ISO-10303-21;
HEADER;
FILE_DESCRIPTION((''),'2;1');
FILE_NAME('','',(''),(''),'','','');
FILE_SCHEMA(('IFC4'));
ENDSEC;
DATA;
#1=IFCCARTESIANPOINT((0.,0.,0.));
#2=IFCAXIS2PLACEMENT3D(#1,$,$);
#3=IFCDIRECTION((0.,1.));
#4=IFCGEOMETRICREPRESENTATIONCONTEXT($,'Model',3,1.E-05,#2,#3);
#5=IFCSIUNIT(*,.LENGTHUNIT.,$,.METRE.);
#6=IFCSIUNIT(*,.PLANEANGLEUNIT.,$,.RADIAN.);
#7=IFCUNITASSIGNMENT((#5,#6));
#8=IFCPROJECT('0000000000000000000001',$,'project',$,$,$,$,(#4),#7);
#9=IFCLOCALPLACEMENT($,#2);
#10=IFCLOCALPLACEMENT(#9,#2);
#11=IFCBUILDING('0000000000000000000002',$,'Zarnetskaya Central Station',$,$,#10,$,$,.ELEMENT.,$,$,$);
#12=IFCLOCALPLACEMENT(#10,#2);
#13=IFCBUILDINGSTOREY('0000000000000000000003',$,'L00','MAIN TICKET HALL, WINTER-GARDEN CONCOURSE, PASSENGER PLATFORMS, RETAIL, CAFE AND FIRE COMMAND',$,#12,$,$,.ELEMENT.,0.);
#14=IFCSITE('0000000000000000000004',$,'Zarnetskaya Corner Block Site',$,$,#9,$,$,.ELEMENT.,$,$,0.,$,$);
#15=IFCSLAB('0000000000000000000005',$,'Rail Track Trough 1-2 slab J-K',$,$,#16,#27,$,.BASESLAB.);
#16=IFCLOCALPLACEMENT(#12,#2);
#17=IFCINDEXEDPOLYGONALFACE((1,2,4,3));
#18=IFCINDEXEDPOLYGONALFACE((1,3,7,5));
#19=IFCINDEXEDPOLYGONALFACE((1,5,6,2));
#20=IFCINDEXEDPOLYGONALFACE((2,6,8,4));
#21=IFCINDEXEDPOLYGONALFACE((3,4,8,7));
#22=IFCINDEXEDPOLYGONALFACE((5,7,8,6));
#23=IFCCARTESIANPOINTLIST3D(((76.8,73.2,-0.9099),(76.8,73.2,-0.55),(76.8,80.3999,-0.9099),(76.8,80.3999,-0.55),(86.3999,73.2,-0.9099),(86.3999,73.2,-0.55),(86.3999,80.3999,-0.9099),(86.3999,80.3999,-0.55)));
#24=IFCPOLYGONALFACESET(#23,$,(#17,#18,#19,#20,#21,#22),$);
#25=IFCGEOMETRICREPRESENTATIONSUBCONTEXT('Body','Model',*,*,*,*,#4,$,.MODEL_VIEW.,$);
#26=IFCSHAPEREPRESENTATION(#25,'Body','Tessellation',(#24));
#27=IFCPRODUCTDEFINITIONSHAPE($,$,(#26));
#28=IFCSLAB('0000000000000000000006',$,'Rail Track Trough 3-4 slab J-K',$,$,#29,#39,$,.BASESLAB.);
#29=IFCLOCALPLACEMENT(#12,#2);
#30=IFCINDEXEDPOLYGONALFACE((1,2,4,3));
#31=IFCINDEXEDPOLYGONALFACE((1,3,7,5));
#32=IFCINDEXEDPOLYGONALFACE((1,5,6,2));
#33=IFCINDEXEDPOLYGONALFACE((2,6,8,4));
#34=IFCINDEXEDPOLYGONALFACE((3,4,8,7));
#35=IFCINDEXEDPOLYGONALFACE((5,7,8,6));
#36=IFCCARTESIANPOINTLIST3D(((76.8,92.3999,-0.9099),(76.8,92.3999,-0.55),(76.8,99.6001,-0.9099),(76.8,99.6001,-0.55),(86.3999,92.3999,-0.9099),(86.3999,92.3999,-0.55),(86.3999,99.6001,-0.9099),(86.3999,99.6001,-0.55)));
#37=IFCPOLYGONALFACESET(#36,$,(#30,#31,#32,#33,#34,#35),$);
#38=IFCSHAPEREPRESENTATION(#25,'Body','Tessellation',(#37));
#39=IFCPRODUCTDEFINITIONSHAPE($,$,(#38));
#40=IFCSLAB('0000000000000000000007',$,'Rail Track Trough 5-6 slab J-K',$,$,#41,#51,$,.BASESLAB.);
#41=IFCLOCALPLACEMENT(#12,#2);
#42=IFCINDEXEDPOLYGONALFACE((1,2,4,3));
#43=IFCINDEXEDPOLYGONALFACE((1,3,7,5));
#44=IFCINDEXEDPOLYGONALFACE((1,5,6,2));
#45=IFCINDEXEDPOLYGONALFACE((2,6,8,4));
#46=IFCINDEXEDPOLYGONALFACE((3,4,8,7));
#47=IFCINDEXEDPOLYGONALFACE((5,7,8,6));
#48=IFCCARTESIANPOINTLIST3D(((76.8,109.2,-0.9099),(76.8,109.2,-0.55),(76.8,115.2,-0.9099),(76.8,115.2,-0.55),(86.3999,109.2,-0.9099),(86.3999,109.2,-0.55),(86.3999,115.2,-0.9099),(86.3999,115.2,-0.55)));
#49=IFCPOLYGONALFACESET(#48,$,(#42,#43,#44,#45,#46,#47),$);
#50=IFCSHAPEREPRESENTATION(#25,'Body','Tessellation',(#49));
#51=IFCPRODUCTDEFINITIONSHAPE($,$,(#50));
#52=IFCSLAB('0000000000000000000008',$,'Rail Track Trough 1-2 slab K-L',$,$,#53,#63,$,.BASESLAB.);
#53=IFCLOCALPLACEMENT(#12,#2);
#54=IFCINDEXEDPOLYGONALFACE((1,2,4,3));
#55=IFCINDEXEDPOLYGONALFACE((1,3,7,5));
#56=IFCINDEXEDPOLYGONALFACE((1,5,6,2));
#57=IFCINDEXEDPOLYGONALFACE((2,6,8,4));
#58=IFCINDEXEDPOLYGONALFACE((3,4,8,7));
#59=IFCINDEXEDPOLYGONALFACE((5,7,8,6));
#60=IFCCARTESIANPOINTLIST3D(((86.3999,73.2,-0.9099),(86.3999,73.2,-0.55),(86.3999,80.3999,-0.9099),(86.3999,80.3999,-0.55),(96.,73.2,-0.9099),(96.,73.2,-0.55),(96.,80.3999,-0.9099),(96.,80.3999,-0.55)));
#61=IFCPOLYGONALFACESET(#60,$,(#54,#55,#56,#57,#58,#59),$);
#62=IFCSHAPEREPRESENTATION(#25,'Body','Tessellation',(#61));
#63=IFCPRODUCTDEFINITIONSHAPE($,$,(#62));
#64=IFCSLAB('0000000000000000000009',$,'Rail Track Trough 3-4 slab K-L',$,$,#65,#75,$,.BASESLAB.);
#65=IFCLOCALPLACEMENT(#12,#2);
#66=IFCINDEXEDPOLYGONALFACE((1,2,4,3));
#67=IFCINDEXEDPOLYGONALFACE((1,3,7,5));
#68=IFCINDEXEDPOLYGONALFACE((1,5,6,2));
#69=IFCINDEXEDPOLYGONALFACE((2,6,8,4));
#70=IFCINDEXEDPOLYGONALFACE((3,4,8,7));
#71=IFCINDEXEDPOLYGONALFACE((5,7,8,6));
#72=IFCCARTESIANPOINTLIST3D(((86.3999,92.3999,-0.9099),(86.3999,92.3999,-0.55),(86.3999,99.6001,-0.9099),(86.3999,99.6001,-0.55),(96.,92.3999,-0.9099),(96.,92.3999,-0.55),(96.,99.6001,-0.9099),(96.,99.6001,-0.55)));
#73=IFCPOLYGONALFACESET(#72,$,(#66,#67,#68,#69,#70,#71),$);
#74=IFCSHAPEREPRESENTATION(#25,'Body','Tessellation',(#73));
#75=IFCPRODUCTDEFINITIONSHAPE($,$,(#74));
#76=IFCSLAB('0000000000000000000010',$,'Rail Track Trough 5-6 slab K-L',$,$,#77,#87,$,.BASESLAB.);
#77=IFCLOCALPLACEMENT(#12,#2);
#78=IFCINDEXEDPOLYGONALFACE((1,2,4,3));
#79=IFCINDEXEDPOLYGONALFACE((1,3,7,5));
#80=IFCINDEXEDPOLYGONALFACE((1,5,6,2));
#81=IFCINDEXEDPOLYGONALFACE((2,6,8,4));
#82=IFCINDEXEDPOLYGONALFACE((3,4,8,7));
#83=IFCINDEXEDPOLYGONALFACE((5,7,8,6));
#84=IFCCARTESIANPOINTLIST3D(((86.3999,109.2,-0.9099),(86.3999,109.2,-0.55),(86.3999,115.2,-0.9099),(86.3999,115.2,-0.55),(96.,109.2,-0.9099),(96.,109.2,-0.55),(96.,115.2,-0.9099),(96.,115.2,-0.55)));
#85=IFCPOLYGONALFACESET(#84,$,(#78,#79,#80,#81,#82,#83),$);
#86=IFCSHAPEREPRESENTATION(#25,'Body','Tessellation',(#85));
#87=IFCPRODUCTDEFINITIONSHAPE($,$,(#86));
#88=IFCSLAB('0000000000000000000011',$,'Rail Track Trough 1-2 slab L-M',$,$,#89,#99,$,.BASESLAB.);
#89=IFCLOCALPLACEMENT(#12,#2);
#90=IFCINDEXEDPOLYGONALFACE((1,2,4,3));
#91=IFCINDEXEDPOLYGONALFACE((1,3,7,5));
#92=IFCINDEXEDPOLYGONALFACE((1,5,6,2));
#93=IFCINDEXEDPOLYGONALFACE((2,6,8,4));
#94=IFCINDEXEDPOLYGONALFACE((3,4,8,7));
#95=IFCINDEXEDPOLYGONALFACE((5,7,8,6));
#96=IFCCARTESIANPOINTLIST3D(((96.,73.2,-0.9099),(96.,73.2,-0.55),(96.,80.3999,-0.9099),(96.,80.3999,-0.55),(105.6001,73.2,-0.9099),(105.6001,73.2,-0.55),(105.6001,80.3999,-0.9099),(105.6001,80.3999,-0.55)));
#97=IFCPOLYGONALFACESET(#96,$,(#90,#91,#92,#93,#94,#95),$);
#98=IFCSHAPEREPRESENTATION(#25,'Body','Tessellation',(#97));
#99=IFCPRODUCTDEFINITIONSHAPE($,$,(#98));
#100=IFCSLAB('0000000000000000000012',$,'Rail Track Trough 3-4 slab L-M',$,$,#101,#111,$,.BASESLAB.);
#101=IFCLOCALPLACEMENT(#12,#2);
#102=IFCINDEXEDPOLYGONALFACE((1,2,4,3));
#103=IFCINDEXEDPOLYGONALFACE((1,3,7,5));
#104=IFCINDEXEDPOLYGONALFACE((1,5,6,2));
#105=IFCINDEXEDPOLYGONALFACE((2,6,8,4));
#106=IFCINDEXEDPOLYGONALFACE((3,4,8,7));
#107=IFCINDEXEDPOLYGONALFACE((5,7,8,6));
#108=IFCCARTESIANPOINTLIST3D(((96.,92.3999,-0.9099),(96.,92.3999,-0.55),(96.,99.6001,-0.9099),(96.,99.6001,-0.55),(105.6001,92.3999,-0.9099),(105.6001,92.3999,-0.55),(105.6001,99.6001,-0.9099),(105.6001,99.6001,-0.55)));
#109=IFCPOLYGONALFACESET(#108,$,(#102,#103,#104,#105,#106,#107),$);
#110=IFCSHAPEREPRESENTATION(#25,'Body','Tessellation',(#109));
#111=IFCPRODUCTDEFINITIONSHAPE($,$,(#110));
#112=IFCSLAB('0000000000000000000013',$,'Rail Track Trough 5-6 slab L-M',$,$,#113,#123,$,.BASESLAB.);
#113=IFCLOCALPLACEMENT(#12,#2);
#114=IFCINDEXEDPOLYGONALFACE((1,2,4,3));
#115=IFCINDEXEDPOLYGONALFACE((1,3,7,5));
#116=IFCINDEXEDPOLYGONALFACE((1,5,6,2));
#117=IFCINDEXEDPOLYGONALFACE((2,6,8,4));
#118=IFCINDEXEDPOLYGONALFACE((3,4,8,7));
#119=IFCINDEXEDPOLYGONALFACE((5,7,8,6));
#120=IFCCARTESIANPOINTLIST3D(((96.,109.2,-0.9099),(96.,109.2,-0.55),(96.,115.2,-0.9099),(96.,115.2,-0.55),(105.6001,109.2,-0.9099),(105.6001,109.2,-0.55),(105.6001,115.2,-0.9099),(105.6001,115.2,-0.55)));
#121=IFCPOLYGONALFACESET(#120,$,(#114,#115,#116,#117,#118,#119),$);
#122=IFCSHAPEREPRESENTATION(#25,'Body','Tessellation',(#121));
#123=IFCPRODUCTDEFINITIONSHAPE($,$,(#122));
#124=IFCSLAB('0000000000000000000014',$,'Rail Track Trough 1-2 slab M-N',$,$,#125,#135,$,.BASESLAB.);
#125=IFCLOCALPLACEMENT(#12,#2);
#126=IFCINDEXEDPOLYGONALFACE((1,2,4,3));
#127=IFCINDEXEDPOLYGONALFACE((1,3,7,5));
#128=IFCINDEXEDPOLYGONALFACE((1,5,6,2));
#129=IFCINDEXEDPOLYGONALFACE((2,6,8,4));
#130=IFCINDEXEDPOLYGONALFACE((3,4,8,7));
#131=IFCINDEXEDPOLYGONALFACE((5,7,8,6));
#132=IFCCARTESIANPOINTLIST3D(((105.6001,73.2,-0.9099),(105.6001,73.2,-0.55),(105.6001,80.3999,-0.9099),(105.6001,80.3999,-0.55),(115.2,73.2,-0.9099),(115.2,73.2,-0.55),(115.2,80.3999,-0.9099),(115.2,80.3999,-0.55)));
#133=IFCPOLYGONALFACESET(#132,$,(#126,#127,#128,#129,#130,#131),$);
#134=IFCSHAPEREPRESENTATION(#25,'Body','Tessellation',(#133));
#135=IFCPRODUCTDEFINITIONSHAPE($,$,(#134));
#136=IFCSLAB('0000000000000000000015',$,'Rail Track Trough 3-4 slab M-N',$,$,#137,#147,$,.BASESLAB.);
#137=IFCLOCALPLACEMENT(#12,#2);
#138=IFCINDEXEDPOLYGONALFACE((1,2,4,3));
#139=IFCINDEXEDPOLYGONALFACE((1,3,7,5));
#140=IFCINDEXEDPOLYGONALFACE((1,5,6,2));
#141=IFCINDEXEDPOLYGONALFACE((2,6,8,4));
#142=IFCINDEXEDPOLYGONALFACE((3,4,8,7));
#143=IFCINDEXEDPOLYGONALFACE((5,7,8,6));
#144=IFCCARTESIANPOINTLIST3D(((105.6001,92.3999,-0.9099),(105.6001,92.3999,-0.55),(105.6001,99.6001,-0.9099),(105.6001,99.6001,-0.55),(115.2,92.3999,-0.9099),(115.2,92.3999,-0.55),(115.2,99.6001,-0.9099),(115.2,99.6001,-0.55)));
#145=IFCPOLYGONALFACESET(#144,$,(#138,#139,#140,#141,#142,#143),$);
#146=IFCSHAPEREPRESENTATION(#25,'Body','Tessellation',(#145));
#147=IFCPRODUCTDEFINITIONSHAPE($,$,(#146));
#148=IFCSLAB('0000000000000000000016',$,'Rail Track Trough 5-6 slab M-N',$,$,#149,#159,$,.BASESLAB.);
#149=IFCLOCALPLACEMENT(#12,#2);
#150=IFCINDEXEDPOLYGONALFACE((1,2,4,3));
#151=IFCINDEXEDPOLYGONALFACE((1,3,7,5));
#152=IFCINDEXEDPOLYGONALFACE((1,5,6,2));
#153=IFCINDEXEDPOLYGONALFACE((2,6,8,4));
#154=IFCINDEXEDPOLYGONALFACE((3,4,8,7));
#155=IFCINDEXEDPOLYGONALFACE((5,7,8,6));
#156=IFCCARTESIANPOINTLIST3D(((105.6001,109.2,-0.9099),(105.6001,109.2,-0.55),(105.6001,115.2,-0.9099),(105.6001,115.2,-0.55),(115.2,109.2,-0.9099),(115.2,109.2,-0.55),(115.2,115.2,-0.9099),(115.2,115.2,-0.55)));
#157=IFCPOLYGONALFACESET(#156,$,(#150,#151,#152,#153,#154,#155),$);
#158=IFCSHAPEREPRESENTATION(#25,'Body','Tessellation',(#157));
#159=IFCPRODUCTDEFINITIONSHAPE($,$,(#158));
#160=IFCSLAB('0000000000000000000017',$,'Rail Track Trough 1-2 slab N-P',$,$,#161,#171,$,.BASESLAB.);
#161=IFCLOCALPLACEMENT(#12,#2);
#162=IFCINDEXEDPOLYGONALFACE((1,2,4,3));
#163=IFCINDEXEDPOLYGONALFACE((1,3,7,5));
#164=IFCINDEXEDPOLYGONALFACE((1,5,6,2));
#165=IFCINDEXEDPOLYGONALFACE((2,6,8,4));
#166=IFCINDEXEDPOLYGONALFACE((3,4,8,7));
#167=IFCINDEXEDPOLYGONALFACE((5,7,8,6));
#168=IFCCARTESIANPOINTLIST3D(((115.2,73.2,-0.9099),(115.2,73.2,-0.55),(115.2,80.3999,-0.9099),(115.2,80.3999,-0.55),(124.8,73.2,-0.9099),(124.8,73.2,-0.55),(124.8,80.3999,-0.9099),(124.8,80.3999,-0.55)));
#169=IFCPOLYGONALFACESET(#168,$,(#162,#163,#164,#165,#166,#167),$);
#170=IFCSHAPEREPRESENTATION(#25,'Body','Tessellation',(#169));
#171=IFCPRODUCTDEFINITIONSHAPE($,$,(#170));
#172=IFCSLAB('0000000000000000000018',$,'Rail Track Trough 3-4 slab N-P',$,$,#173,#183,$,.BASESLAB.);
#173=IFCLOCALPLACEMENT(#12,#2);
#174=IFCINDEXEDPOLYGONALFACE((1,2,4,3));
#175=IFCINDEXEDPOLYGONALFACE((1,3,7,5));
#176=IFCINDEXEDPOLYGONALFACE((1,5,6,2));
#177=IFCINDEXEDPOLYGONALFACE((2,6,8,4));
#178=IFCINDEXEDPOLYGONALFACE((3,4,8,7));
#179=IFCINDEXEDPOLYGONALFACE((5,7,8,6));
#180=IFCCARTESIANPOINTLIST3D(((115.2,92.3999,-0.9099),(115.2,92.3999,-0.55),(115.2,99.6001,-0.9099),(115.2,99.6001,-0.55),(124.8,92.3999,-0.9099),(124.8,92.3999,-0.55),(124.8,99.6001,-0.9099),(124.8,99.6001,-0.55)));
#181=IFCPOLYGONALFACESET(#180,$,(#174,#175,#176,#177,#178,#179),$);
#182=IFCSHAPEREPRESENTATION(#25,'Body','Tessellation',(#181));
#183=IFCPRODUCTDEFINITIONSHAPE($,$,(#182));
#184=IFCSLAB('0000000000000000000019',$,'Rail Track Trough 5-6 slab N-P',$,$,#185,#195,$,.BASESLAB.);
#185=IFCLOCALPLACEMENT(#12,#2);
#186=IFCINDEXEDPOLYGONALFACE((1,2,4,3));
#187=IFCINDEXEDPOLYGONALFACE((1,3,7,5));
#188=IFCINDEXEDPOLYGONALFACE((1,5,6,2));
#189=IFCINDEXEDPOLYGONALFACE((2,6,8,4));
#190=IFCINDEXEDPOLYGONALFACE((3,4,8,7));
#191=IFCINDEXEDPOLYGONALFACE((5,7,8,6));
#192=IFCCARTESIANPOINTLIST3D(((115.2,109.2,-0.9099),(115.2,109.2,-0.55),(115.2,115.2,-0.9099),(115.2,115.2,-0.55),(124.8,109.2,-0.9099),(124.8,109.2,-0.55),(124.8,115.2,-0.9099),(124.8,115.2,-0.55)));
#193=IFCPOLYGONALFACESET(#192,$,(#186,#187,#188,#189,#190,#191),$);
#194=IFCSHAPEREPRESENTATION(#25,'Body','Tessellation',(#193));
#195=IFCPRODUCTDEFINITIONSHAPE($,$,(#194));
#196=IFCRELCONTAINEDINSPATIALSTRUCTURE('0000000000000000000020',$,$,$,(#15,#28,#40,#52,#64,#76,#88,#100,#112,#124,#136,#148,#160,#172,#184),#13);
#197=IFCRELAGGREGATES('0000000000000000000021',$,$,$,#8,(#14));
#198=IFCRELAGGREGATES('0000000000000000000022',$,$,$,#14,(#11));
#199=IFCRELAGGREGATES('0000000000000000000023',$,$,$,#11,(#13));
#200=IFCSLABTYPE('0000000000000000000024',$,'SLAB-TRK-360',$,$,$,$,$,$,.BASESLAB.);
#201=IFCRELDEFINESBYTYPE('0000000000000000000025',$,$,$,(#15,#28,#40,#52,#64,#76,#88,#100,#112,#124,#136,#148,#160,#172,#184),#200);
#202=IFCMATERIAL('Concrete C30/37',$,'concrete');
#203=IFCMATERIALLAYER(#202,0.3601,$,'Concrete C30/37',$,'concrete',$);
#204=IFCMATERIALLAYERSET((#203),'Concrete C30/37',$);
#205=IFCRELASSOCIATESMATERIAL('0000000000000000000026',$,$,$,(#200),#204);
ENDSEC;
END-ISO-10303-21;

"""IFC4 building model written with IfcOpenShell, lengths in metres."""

from ifc_helpers import new_model, si_unit, direction, frame, origin, place, context, subcontext, project, spatial, polyline, outline, extrude, material, layer, layer_set, type_object, element, save


model = new_model("IFC4")

# Units and contexts
model_context = context("Model", 3, precision=1e-05, world=origin(), true_north=direction((0.0, 1.0)))
body_context = subcontext(model_context, "Body", "Model", "MODEL_VIEW")
ifc_project = project(units=[si_unit("LENGTHUNIT", "METRE"), si_unit("PLANEANGLEUNIT", "RADIAN")], contexts=[model_context])

# Site, building, storey
site_placement = place(None, origin())
site = spatial("IfcSite", under=ifc_project, at=site_placement, Name="Zarnetskaya Corner Block Site", CompositionType="ELEMENT", RefElevation=0.0)
building_placement = place(site_placement, origin())
building = spatial("IfcBuilding", under=site, at=building_placement, Name="Zarnetskaya Central Station", CompositionType="ELEMENT")
storey_placement = place(building_placement, origin())
storey = spatial("IfcBuildingStorey", under=building, at=storey_placement, Name="L00", Description="MAIN TICKET HALL, WINTER-GARDEN CONCOURSE, PASSENGER PLATFORMS, RETAIL, CAFE AND FIRE COMMAND", CompositionType="ELEMENT", Elevation=0.0)

# Slabs
ifc_material = material(Name="Concrete C30/37", Category="concrete")
ifc_layer = layer(ifc_material, 0.3601, Name="Concrete C30/37", Category="concrete")
ifc_layer_set = layer_set([ifc_layer], Name="Concrete C30/37")
slab_type = type_object("IfcSlabType", Name="SLAB-TRK-360", PredefinedType="BASESLAB", material=ifc_layer_set)
slab_1_placement = place(storey_placement, frame((0.0, 0.0, -0.9099)))
element("IfcSlab", 1, at=slab_1_placement, inside=storey, type_object=slab_type, Name="Rail Track Trough 1-2 slab J-K", PredefinedType="BASESLAB", context=body_context, shape_type="SweptSolid", body=[
    extrude(outline(polyline([(76.8, 73.2), (86.3999, 73.2), (86.3999, 80.3999), (76.8, 80.3999), (76.8, 73.2)])), origin(), (0.0, 0.0, 1.0), 0.3599),
])
slab_2_placement = place(storey_placement, frame((0.0, 0.0, -0.9099)))
element("IfcSlab", 2, at=slab_2_placement, inside=storey, type_object=slab_type, Name="Rail Track Trough 3-4 slab J-K", PredefinedType="BASESLAB", context=body_context, shape_type="SweptSolid", body=[
    extrude(outline(polyline([(76.8, 92.3999), (86.3999, 92.3999), (86.3999, 99.6001), (76.8, 99.6001), (76.8, 92.3999)])), origin(), (0.0, 0.0, 1.0), 0.3599),
])
slab_3_placement = place(storey_placement, frame((0.0, 0.0, -0.9099)))
element("IfcSlab", 3, at=slab_3_placement, inside=storey, type_object=slab_type, Name="Rail Track Trough 5-6 slab J-K", PredefinedType="BASESLAB", context=body_context, shape_type="SweptSolid", body=[
    extrude(outline(polyline([(76.8, 109.2), (86.3999, 109.2), (86.3999, 115.2), (76.8, 115.2), (76.8, 109.2)])), origin(), (0.0, 0.0, 1.0), 0.3599),
])
slab_4_placement = place(storey_placement, frame((0.0, 0.0, -0.9099)))
element("IfcSlab", 4, at=slab_4_placement, inside=storey, type_object=slab_type, Name="Rail Track Trough 1-2 slab K-L", PredefinedType="BASESLAB", context=body_context, shape_type="SweptSolid", body=[
    extrude(outline(polyline([(86.3999, 73.2), (96.0, 73.2), (96.0, 80.3999), (86.3999, 80.3999), (86.3999, 73.2)])), origin(), (0.0, 0.0, 1.0), 0.3599),
])
slab_5_placement = place(storey_placement, frame((0.0, 0.0, -0.9099)))
element("IfcSlab", 5, at=slab_5_placement, inside=storey, type_object=slab_type, Name="Rail Track Trough 3-4 slab K-L", PredefinedType="BASESLAB", context=body_context, shape_type="SweptSolid", body=[
    extrude(outline(polyline([(86.3999, 92.3999), (96.0, 92.3999), (96.0, 99.6001), (86.3999, 99.6001), (86.3999, 92.3999)])), origin(), (0.0, 0.0, 1.0), 0.3599),
])
slab_6_placement = place(storey_placement, frame((0.0, 0.0, -0.9099)))
element("IfcSlab", 6, at=slab_6_placement, inside=storey, type_object=slab_type, Name="Rail Track Trough 5-6 slab K-L", PredefinedType="BASESLAB", context=body_context, shape_type="SweptSolid", body=[
    extrude(outline(polyline([(86.3999, 109.2), (96.0, 109.2), (96.0, 115.2), (86.3999, 115.2), (86.3999, 109.2)])), origin(), (0.0, 0.0, 1.0), 0.3599),
])
slab_7_placement = place(storey_placement, frame((0.0, 0.0, -0.9099)))
element("IfcSlab", 7, at=slab_7_placement, inside=storey, type_object=slab_type, Name="Rail Track Trough 1-2 slab L-M", PredefinedType="BASESLAB", context=body_context, shape_type="SweptSolid", body=[
    extrude(outline(polyline([(96.0, 73.2), (105.6001, 73.2), (105.6001, 80.3999), (96.0, 80.3999), (96.0, 73.2)])), origin(), (0.0, 0.0, 1.0), 0.3599),
])
slab_8_placement = place(storey_placement, frame((0.0, 0.0, -0.9099)))
element("IfcSlab", 8, at=slab_8_placement, inside=storey, type_object=slab_type, Name="Rail Track Trough 3-4 slab L-M", PredefinedType="BASESLAB", context=body_context, shape_type="SweptSolid", body=[
    extrude(outline(polyline([(96.0, 92.3999), (105.6001, 92.3999), (105.6001, 99.6001), (96.0, 99.6001), (96.0, 92.3999)])), origin(), (0.0, 0.0, 1.0), 0.3599),
])
slab_9_placement = place(storey_placement, frame((0.0, 0.0, -0.9099)))
element("IfcSlab", 9, at=slab_9_placement, inside=storey, type_object=slab_type, Name="Rail Track Trough 5-6 slab L-M", PredefinedType="BASESLAB", context=body_context, shape_type="SweptSolid", body=[
    extrude(outline(polyline([(96.0, 109.2), (105.6001, 109.2), (105.6001, 115.2), (96.0, 115.2), (96.0, 109.2)])), origin(), (0.0, 0.0, 1.0), 0.3599),
])
slab_10_placement = place(storey_placement, frame((0.0, 0.0, -0.9099)))
element("IfcSlab", 10, at=slab_10_placement, inside=storey, type_object=slab_type, Name="Rail Track Trough 1-2 slab M-N", PredefinedType="BASESLAB", context=body_context, shape_type="SweptSolid", body=[
    extrude(outline(polyline([(105.6001, 73.2), (115.2, 73.2), (115.2, 80.3999), (105.6001, 80.3999), (105.6001, 73.2)])), origin(), (0.0, 0.0, 1.0), 0.3599),
])
slab_11_placement = place(storey_placement, frame((0.0, 0.0, -0.9099)))
element("IfcSlab", 11, at=slab_11_placement, inside=storey, type_object=slab_type, Name="Rail Track Trough 3-4 slab M-N", PredefinedType="BASESLAB", context=body_context, shape_type="SweptSolid", body=[
    extrude(outline(polyline([(105.6001, 92.3999), (115.2, 92.3999), (115.2, 99.6001), (105.6001, 99.6001), (105.6001, 92.3999)])), origin(), (0.0, 0.0, 1.0), 0.3599),
])
slab_12_placement = place(storey_placement, frame((0.0, 0.0, -0.9099)))
element("IfcSlab", 12, at=slab_12_placement, inside=storey, type_object=slab_type, Name="Rail Track Trough 5-6 slab M-N", PredefinedType="BASESLAB", context=body_context, shape_type="SweptSolid", body=[
    extrude(outline(polyline([(105.6001, 109.2), (115.2, 109.2), (115.2, 115.2), (105.6001, 115.2), (105.6001, 109.2)])), origin(), (0.0, 0.0, 1.0), 0.3599),
])
slab_13_placement = place(storey_placement, frame((0.0, 0.0, -0.9099)))
element("IfcSlab", 13, at=slab_13_placement, inside=storey, type_object=slab_type, Name="Rail Track Trough 1-2 slab N-P", PredefinedType="BASESLAB", context=body_context, shape_type="SweptSolid", body=[
    extrude(outline(polyline([(115.2, 73.2), (124.8, 73.2), (124.8, 80.3999), (115.2, 80.3999), (115.2, 73.2)])), origin(), (0.0, 0.0, 1.0), 0.3599),
])
slab_14_placement = place(storey_placement, frame((0.0, 0.0, -0.9099)))
element("IfcSlab", 14, at=slab_14_placement, inside=storey, type_object=slab_type, Name="Rail Track Trough 3-4 slab N-P", PredefinedType="BASESLAB", context=body_context, shape_type="SweptSolid", body=[
    extrude(outline(polyline([(115.2, 92.3999), (124.8, 92.3999), (124.8, 99.6001), (115.2, 99.6001), (115.2, 92.3999)])), origin(), (0.0, 0.0, 1.0), 0.3599),
])
slab_15_placement = place(storey_placement, frame((0.0, 0.0, -0.9099)))
element("IfcSlab", 15, at=slab_15_placement, inside=storey, type_object=slab_type, Name="Rail Track Trough 5-6 slab N-P", PredefinedType="BASESLAB", context=body_context, shape_type="SweptSolid", body=[
    extrude(outline(polyline([(115.2, 109.2), (124.8, 109.2), (124.8, 115.2), (115.2, 115.2), (115.2, 109.2)])), origin(), (0.0, 0.0, 1.0), 0.3599),
])

save(model, "model.ifc")
